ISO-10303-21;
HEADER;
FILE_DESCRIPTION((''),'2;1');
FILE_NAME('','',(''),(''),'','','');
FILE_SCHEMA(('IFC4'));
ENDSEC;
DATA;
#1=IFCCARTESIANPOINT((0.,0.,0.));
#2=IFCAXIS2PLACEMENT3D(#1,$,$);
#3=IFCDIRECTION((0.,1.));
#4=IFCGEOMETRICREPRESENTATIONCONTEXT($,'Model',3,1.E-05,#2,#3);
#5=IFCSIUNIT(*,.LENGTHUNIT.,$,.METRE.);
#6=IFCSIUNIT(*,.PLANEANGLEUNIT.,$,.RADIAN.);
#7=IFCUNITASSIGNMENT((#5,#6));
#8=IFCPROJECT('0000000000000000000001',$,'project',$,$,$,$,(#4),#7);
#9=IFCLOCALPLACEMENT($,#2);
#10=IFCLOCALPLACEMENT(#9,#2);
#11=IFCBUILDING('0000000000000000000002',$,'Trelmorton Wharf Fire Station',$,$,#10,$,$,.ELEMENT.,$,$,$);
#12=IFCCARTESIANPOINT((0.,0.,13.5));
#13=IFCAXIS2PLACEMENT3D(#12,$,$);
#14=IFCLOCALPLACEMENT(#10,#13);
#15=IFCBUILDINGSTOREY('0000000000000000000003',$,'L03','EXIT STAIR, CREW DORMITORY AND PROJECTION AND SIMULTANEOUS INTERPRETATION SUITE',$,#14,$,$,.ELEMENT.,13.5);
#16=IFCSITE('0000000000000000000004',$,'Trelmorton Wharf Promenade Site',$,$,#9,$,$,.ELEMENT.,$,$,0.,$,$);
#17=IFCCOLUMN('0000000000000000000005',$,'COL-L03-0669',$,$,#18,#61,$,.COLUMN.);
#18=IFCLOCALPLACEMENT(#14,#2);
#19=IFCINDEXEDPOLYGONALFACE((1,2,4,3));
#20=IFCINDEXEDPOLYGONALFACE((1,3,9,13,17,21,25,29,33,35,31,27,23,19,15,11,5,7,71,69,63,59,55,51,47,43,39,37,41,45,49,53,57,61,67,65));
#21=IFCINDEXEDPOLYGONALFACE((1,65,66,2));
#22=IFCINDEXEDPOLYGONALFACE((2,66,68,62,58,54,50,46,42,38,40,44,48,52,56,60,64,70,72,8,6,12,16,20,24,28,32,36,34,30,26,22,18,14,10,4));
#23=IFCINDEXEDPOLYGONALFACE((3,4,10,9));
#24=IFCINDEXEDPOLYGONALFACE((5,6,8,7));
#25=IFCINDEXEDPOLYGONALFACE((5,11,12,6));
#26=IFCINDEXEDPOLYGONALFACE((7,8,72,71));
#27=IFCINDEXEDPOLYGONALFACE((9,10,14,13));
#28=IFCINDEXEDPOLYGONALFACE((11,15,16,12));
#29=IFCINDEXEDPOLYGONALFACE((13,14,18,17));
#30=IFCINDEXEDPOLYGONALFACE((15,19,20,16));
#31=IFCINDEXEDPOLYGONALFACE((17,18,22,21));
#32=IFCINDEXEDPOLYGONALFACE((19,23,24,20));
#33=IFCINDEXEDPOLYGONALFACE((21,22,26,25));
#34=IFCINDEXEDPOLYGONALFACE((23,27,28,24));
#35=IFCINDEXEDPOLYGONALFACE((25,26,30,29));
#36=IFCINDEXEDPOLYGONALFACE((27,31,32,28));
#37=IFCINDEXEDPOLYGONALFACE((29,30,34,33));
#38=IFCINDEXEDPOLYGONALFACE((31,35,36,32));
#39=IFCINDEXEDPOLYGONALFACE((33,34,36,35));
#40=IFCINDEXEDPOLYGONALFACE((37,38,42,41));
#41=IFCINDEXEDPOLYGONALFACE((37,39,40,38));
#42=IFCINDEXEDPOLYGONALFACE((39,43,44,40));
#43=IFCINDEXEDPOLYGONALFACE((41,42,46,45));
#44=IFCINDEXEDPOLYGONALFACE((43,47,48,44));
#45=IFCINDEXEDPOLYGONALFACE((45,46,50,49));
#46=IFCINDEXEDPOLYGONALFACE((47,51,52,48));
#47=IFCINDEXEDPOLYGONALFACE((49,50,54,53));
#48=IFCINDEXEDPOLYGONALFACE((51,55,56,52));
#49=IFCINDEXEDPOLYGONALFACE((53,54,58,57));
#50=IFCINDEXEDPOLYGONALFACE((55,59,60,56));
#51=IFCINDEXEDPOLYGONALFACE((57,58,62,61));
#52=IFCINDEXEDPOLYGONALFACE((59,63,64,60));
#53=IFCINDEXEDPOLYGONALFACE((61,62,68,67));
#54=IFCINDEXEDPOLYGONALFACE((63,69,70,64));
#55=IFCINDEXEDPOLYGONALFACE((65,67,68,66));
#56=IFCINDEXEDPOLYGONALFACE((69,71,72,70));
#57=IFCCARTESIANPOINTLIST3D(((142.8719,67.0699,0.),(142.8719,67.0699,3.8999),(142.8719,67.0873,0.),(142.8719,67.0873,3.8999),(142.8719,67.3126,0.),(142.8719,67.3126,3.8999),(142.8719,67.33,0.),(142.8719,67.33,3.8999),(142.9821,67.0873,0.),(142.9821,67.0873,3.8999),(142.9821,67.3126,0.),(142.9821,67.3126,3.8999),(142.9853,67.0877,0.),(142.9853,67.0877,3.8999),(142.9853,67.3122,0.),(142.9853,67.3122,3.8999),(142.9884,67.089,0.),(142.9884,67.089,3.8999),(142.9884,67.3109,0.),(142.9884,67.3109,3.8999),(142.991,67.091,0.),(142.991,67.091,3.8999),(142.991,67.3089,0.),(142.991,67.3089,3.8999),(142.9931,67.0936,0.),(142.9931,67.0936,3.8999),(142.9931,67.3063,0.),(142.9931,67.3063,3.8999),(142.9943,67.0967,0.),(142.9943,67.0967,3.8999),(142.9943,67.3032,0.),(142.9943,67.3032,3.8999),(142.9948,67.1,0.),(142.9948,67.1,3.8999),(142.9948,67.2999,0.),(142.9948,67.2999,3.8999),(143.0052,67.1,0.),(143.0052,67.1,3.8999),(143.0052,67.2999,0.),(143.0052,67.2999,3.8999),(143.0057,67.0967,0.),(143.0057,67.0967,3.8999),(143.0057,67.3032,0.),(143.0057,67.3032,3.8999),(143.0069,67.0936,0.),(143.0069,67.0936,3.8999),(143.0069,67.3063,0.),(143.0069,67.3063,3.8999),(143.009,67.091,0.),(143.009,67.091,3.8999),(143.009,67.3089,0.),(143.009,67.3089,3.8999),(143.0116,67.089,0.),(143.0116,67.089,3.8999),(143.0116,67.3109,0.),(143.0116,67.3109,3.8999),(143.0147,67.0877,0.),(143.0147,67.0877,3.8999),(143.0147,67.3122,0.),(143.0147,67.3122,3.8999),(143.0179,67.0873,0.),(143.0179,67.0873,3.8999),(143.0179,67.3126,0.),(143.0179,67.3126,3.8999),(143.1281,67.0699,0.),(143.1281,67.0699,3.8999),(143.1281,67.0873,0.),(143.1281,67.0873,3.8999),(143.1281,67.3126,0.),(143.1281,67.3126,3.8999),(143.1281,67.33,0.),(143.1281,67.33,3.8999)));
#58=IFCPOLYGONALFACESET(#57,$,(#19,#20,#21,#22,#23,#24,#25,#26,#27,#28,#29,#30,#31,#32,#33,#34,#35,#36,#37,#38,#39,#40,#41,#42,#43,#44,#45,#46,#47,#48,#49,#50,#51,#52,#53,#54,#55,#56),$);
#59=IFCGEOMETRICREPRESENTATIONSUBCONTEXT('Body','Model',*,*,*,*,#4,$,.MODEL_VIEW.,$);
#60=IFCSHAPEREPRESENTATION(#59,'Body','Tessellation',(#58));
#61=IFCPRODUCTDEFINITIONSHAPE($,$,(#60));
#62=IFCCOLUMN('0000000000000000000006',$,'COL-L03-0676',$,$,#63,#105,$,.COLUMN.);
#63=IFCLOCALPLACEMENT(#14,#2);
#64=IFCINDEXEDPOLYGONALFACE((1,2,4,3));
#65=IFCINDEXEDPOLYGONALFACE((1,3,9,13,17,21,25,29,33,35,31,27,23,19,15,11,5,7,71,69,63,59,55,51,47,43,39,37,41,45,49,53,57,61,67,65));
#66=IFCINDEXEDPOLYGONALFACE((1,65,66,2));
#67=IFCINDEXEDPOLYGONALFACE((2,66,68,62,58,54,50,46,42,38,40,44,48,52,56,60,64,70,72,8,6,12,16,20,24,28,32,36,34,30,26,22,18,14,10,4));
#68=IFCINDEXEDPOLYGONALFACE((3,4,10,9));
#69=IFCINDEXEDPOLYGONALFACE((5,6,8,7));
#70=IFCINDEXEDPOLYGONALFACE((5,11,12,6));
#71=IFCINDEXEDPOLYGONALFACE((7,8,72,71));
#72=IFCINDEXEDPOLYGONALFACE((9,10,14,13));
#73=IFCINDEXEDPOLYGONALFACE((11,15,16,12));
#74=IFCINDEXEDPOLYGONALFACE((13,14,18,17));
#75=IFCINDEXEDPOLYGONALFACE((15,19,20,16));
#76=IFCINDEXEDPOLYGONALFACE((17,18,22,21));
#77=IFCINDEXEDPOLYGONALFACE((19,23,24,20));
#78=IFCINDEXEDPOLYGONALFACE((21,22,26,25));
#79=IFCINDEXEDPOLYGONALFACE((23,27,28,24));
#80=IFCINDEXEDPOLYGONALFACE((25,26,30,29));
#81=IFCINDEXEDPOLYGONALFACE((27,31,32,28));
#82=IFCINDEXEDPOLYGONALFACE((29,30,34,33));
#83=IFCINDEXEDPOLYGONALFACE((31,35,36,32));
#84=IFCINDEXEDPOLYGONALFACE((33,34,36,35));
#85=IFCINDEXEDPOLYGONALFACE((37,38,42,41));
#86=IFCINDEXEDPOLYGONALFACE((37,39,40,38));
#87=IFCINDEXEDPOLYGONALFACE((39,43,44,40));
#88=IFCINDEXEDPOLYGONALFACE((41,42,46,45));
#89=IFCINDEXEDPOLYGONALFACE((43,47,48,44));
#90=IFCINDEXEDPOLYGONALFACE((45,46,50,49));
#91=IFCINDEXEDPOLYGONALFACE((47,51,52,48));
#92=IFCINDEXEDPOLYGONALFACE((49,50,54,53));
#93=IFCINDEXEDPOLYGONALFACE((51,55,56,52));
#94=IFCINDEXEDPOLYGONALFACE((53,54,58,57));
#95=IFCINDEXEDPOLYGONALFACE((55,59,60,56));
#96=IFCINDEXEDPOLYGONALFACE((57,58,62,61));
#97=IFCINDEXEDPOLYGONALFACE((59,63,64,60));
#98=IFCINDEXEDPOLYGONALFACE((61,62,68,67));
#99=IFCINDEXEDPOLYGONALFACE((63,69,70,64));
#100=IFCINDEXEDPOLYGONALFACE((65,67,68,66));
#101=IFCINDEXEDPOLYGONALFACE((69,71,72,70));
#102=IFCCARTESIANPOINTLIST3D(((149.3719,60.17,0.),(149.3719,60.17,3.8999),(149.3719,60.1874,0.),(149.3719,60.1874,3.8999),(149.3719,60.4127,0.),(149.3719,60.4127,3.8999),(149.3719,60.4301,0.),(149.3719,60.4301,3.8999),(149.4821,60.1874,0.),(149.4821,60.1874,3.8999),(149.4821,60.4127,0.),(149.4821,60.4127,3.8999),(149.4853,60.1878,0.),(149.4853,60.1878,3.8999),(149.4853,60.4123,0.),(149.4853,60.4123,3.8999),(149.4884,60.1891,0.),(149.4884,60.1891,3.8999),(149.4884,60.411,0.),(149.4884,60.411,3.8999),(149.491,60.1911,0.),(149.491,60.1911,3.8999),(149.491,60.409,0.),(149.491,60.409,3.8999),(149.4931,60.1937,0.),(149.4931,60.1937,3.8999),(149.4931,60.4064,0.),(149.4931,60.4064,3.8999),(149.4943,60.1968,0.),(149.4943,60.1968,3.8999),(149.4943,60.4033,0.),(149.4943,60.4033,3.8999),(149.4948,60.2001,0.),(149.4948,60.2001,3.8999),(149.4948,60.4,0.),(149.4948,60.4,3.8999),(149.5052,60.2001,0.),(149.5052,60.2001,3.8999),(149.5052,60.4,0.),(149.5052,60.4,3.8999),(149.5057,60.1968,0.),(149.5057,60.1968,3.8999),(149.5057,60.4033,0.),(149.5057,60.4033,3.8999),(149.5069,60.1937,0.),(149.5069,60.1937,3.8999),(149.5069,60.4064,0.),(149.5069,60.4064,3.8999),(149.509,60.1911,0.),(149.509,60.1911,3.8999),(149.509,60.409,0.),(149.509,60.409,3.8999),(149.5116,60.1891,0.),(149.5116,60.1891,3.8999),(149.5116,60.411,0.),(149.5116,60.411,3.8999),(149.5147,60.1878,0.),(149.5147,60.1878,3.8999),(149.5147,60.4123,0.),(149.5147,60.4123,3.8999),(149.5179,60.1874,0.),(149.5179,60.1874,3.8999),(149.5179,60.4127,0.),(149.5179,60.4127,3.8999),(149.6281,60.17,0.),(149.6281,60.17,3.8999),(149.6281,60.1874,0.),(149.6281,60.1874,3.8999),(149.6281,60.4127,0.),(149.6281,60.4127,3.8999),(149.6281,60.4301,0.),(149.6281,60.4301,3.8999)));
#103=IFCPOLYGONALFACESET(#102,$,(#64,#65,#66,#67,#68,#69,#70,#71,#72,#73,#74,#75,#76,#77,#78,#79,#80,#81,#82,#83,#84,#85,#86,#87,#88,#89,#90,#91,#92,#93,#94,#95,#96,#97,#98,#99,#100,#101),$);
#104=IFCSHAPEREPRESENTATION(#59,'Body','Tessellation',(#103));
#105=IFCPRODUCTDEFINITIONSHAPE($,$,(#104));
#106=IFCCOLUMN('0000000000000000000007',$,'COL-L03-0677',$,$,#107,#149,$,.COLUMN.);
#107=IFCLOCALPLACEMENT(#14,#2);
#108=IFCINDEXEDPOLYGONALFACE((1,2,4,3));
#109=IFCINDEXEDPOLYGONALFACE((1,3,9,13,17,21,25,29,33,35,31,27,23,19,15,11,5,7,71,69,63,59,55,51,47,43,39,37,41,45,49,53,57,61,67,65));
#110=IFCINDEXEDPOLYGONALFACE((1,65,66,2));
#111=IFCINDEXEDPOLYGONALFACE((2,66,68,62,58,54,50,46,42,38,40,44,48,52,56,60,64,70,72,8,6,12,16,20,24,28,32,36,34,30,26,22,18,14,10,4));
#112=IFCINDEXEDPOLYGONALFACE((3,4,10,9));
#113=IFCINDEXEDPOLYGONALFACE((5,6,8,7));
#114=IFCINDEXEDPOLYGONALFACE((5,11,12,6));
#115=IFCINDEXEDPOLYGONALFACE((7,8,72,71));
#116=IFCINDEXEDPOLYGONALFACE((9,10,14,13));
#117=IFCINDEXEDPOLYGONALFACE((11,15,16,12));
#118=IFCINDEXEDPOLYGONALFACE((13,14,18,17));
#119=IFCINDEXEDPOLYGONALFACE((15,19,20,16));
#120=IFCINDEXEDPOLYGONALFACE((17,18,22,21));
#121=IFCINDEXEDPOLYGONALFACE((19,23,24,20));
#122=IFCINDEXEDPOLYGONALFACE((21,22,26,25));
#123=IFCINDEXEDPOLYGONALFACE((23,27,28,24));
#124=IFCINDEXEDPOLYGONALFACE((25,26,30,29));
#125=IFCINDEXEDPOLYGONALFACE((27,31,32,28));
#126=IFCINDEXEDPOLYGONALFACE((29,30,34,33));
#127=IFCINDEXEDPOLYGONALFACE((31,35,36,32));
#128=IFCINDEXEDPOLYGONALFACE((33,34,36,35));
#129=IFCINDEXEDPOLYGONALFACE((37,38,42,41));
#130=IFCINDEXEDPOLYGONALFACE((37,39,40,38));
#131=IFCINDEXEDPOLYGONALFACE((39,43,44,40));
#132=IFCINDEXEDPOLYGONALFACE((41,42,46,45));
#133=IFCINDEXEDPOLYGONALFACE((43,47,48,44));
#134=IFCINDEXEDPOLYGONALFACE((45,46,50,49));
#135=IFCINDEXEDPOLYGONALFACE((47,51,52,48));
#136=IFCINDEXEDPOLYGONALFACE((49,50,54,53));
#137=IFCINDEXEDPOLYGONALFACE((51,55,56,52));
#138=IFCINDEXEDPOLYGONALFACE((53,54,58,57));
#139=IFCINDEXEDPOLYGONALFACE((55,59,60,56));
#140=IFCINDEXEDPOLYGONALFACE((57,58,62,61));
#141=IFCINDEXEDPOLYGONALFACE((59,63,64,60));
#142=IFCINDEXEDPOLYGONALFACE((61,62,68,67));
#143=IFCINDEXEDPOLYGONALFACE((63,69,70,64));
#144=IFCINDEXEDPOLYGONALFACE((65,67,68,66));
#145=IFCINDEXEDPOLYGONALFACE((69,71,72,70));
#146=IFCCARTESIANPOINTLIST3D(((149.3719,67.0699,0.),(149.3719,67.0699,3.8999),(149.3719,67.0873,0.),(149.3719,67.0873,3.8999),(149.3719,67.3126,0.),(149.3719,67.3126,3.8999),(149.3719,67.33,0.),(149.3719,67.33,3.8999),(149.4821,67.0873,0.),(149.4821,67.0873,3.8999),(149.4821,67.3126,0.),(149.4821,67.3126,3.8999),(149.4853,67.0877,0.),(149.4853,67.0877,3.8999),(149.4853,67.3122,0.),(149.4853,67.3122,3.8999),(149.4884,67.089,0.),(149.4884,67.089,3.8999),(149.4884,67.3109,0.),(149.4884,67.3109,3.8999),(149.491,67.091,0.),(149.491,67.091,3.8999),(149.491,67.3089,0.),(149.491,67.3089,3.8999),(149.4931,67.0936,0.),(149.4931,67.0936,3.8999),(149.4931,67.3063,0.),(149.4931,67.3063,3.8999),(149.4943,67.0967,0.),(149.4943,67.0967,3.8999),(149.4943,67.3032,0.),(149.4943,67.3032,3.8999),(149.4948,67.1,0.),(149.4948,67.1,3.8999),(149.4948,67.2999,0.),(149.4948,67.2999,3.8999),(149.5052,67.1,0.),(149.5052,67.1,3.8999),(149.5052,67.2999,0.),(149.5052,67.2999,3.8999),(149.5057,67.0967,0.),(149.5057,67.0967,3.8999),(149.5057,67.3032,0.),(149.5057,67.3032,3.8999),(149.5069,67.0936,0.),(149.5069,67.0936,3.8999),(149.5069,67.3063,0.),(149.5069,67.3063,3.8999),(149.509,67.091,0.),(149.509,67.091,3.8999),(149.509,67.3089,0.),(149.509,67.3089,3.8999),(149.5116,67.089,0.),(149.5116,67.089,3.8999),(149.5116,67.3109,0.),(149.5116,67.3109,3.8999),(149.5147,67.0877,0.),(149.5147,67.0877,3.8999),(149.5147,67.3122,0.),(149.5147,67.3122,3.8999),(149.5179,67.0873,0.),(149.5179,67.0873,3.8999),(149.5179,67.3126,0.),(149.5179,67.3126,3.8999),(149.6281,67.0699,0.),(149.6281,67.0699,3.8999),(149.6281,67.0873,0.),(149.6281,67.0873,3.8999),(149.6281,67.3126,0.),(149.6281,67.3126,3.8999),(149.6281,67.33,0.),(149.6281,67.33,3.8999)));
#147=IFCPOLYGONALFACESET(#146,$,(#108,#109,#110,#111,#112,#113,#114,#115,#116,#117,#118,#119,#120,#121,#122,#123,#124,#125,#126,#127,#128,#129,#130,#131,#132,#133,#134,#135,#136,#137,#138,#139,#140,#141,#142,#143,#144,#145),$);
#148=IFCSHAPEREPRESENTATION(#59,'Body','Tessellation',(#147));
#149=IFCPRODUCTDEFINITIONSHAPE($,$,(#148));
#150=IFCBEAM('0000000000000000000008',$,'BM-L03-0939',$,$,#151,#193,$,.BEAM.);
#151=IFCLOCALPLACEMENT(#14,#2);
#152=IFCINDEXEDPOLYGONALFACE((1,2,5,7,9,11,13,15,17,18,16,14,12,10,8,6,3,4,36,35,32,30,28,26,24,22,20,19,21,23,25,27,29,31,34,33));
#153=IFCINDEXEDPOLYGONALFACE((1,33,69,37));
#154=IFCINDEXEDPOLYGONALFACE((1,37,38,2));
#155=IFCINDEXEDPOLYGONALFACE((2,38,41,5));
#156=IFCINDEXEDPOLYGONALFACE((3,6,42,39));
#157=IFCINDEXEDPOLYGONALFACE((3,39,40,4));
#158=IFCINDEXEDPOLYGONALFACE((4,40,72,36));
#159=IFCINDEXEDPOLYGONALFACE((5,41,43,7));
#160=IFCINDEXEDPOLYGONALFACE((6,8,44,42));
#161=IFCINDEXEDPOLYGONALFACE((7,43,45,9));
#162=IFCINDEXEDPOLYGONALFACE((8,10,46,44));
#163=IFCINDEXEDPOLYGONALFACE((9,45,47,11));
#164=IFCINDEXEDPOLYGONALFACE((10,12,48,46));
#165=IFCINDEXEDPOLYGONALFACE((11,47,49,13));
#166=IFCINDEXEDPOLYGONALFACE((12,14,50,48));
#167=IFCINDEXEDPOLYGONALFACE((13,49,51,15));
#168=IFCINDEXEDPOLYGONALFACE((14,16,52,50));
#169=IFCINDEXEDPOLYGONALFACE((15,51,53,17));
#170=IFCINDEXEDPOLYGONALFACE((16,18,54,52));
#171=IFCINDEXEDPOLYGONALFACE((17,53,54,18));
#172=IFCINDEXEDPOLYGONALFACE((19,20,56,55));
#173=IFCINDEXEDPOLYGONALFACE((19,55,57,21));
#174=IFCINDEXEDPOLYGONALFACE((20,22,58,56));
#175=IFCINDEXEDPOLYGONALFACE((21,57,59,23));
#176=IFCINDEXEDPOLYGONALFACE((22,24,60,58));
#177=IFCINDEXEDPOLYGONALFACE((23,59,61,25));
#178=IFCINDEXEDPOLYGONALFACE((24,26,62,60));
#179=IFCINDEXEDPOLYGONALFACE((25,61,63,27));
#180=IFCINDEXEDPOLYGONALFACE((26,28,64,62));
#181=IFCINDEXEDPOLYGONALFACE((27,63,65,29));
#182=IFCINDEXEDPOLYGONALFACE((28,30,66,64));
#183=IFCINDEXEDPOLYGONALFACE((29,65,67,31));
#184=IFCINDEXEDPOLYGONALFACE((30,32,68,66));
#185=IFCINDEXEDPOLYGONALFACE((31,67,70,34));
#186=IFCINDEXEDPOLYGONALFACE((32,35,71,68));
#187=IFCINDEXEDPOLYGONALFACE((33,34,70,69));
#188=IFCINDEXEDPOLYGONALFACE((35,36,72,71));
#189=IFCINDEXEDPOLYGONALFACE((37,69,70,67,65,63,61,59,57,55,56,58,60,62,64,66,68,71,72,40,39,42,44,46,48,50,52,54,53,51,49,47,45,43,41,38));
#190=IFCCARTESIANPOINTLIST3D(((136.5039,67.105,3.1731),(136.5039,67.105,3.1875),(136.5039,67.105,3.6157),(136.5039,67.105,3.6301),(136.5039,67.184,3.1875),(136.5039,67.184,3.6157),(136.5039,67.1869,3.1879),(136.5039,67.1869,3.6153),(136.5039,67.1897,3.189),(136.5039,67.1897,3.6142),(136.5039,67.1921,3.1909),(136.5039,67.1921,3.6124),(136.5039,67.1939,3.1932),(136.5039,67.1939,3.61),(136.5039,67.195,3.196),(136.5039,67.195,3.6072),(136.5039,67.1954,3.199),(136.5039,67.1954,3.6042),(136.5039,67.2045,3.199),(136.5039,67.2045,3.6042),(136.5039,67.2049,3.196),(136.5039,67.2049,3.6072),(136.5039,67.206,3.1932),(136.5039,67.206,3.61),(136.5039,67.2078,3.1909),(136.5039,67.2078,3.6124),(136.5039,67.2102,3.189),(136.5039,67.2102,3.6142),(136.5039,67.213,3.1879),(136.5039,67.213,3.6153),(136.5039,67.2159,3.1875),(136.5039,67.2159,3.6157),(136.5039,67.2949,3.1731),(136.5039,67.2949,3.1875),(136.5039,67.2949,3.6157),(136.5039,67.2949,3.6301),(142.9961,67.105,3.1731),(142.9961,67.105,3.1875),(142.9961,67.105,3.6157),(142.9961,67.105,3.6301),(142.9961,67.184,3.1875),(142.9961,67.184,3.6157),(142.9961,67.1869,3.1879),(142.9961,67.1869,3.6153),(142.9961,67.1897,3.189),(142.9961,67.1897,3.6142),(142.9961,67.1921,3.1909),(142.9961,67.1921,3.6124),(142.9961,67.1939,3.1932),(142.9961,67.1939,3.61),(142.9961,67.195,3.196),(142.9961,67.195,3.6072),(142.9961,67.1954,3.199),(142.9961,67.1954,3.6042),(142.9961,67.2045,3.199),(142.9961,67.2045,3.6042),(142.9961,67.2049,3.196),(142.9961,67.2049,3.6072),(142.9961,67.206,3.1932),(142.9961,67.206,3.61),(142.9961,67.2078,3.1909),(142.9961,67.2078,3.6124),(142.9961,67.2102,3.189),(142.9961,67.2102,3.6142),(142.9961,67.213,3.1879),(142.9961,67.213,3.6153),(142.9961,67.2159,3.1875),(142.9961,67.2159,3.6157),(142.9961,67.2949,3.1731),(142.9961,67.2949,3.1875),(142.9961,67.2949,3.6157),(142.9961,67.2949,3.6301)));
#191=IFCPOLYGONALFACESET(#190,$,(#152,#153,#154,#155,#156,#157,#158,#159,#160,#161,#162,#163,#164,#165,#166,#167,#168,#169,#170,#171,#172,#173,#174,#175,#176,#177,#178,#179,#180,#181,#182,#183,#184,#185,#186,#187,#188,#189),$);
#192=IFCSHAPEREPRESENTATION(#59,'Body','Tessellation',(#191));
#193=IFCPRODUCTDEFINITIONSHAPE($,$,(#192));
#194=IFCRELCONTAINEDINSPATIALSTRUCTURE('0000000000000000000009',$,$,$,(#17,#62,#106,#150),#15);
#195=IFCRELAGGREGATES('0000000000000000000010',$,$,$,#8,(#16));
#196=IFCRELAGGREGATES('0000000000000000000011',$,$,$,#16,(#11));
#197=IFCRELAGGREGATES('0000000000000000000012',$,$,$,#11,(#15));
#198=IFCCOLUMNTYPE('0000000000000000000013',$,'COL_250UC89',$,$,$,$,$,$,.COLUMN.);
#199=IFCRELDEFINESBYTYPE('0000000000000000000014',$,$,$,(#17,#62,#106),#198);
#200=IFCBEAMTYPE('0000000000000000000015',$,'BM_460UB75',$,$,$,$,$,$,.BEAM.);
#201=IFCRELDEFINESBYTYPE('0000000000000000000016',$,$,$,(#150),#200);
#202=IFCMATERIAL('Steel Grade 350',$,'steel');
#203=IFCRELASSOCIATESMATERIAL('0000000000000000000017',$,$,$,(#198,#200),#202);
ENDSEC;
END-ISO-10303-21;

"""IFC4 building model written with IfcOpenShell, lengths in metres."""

from ifc_helpers import new_model, si_unit, direction, frame, origin, origin_2d, place, context, subcontext, project, spatial, i_section, extrude, material, material_profile, profile_set, type_object, element, save


model = new_model("IFC4")

# Units and contexts
model_context = context("Model", 3, precision=1e-05, world=origin(), true_north=direction((0.0, 1.0)))
body_context = subcontext(model_context, "Body", "Model", "MODEL_VIEW")
ifc_project = project(units=[si_unit("LENGTHUNIT", "METRE"), si_unit("PLANEANGLEUNIT", "RADIAN")], contexts=[model_context])

# Site, building, storey
site_placement = place(None, origin())
site = spatial("IfcSite", under=ifc_project, at=site_placement, Name="Trelmorton Wharf Promenade Site", CompositionType="ELEMENT", RefElevation=0.0)
building_placement = place(site_placement, origin())
building = spatial("IfcBuilding", under=site, at=building_placement, Name="Trelmorton Wharf Fire Station", CompositionType="ELEMENT")
storey_placement = place(building_placement, frame((0.0, 0.0, 13.5)))
storey = spatial("IfcBuildingStorey", under=building, at=storey_placement, Name="L03", Description="EXIT STAIR, CREW DORMITORY AND PROJECTION AND SIMULTANEOUS INTERPRETATION SUITE", CompositionType="ELEMENT", Elevation=13.5)

# Columns
ifc_material_1 = material(Name="Steel Grade 350", Category="steel")
ifc_material_profile_1 = material_profile(ifc_material_1, i_section(OverallWidth=0.2561, OverallDepth=0.26, WebThickness=0.0105, FlangeThickness=0.0173, FilletRadius=0.0127, at=origin_2d()), Name="250UC89.5")
ifc_profile_set_1 = profile_set([ifc_material_profile_1], Name="Steel Grade 350")
column_type = type_object("IfcColumnType", Name="COL_250UC89", PredefinedType="COLUMN", material=ifc_profile_set_1)
for number, where, z_axis, x_axis, name in (
    (1, (143.0, 67.2, 0.0), (0.0, 0.0, 1.0), (1.0, 0.0, 0.0), "COL-L03-0669"),
    (2, (149.5, 60.3, 0.0), (0.0, 0.0, 1.0), (1.0, 0.0, 0.0), "COL-L03-0676"),
    (3, (149.5, 67.2, 0.0), (0.0, 0.0, 1.0), (1.0, 0.0, 0.0), "COL-L03-0677"),
):
    element("IfcColumn", number, at=place(storey_placement, frame(where, z_axis=z_axis, x_axis=x_axis)), inside=storey, type_object=column_type, Name=name, PredefinedType="COLUMN", context=body_context, shape_type="SweptSolid", body=[
        extrude(i_section(OverallWidth=0.2561, OverallDepth=0.26, WebThickness=0.0105, FlangeThickness=0.0173, FilletRadius=0.0127, at=origin_2d()), origin(), (0.0, 0.0, 1.0), 3.8999),
    ])

# Beam
ifc_material_profile_2 = material_profile(ifc_material_1, i_section(OverallWidth=0.1899, OverallDepth=0.457, WebThickness=0.009, FlangeThickness=0.0144, FilletRadius=0.0115, at=origin_2d()), Name="460UB74.6")
ifc_profile_set_2 = profile_set([ifc_material_profile_2], Name="Steel Grade 350")
beam_type_1 = type_object("IfcBeamType", Name="BM_460UB75", PredefinedType="BEAM", material=ifc_profile_set_2)
for number, where, z_axis, x_axis, name in (
    (4, (136.5039, 67.2, 3.4016), (1.0, 0.0, 0.0), (0.0, 1.0, 0.0), "BM-L03-0939"),
):
    element("IfcBeam", number, at=place(storey_placement, frame(where, z_axis=z_axis, x_axis=x_axis)), inside=storey, type_object=beam_type_1, Name=name, PredefinedType="BEAM", context=body_context, shape_type="SweptSolid", body=[
        extrude(i_section(OverallWidth=0.1899, OverallDepth=0.457, WebThickness=0.009, FlangeThickness=0.0144, FilletRadius=0.0115, at=origin_2d()), origin(), (0.0, 0.0, 1.0), 6.4922),
    ])

save(model, "model.ifc")
